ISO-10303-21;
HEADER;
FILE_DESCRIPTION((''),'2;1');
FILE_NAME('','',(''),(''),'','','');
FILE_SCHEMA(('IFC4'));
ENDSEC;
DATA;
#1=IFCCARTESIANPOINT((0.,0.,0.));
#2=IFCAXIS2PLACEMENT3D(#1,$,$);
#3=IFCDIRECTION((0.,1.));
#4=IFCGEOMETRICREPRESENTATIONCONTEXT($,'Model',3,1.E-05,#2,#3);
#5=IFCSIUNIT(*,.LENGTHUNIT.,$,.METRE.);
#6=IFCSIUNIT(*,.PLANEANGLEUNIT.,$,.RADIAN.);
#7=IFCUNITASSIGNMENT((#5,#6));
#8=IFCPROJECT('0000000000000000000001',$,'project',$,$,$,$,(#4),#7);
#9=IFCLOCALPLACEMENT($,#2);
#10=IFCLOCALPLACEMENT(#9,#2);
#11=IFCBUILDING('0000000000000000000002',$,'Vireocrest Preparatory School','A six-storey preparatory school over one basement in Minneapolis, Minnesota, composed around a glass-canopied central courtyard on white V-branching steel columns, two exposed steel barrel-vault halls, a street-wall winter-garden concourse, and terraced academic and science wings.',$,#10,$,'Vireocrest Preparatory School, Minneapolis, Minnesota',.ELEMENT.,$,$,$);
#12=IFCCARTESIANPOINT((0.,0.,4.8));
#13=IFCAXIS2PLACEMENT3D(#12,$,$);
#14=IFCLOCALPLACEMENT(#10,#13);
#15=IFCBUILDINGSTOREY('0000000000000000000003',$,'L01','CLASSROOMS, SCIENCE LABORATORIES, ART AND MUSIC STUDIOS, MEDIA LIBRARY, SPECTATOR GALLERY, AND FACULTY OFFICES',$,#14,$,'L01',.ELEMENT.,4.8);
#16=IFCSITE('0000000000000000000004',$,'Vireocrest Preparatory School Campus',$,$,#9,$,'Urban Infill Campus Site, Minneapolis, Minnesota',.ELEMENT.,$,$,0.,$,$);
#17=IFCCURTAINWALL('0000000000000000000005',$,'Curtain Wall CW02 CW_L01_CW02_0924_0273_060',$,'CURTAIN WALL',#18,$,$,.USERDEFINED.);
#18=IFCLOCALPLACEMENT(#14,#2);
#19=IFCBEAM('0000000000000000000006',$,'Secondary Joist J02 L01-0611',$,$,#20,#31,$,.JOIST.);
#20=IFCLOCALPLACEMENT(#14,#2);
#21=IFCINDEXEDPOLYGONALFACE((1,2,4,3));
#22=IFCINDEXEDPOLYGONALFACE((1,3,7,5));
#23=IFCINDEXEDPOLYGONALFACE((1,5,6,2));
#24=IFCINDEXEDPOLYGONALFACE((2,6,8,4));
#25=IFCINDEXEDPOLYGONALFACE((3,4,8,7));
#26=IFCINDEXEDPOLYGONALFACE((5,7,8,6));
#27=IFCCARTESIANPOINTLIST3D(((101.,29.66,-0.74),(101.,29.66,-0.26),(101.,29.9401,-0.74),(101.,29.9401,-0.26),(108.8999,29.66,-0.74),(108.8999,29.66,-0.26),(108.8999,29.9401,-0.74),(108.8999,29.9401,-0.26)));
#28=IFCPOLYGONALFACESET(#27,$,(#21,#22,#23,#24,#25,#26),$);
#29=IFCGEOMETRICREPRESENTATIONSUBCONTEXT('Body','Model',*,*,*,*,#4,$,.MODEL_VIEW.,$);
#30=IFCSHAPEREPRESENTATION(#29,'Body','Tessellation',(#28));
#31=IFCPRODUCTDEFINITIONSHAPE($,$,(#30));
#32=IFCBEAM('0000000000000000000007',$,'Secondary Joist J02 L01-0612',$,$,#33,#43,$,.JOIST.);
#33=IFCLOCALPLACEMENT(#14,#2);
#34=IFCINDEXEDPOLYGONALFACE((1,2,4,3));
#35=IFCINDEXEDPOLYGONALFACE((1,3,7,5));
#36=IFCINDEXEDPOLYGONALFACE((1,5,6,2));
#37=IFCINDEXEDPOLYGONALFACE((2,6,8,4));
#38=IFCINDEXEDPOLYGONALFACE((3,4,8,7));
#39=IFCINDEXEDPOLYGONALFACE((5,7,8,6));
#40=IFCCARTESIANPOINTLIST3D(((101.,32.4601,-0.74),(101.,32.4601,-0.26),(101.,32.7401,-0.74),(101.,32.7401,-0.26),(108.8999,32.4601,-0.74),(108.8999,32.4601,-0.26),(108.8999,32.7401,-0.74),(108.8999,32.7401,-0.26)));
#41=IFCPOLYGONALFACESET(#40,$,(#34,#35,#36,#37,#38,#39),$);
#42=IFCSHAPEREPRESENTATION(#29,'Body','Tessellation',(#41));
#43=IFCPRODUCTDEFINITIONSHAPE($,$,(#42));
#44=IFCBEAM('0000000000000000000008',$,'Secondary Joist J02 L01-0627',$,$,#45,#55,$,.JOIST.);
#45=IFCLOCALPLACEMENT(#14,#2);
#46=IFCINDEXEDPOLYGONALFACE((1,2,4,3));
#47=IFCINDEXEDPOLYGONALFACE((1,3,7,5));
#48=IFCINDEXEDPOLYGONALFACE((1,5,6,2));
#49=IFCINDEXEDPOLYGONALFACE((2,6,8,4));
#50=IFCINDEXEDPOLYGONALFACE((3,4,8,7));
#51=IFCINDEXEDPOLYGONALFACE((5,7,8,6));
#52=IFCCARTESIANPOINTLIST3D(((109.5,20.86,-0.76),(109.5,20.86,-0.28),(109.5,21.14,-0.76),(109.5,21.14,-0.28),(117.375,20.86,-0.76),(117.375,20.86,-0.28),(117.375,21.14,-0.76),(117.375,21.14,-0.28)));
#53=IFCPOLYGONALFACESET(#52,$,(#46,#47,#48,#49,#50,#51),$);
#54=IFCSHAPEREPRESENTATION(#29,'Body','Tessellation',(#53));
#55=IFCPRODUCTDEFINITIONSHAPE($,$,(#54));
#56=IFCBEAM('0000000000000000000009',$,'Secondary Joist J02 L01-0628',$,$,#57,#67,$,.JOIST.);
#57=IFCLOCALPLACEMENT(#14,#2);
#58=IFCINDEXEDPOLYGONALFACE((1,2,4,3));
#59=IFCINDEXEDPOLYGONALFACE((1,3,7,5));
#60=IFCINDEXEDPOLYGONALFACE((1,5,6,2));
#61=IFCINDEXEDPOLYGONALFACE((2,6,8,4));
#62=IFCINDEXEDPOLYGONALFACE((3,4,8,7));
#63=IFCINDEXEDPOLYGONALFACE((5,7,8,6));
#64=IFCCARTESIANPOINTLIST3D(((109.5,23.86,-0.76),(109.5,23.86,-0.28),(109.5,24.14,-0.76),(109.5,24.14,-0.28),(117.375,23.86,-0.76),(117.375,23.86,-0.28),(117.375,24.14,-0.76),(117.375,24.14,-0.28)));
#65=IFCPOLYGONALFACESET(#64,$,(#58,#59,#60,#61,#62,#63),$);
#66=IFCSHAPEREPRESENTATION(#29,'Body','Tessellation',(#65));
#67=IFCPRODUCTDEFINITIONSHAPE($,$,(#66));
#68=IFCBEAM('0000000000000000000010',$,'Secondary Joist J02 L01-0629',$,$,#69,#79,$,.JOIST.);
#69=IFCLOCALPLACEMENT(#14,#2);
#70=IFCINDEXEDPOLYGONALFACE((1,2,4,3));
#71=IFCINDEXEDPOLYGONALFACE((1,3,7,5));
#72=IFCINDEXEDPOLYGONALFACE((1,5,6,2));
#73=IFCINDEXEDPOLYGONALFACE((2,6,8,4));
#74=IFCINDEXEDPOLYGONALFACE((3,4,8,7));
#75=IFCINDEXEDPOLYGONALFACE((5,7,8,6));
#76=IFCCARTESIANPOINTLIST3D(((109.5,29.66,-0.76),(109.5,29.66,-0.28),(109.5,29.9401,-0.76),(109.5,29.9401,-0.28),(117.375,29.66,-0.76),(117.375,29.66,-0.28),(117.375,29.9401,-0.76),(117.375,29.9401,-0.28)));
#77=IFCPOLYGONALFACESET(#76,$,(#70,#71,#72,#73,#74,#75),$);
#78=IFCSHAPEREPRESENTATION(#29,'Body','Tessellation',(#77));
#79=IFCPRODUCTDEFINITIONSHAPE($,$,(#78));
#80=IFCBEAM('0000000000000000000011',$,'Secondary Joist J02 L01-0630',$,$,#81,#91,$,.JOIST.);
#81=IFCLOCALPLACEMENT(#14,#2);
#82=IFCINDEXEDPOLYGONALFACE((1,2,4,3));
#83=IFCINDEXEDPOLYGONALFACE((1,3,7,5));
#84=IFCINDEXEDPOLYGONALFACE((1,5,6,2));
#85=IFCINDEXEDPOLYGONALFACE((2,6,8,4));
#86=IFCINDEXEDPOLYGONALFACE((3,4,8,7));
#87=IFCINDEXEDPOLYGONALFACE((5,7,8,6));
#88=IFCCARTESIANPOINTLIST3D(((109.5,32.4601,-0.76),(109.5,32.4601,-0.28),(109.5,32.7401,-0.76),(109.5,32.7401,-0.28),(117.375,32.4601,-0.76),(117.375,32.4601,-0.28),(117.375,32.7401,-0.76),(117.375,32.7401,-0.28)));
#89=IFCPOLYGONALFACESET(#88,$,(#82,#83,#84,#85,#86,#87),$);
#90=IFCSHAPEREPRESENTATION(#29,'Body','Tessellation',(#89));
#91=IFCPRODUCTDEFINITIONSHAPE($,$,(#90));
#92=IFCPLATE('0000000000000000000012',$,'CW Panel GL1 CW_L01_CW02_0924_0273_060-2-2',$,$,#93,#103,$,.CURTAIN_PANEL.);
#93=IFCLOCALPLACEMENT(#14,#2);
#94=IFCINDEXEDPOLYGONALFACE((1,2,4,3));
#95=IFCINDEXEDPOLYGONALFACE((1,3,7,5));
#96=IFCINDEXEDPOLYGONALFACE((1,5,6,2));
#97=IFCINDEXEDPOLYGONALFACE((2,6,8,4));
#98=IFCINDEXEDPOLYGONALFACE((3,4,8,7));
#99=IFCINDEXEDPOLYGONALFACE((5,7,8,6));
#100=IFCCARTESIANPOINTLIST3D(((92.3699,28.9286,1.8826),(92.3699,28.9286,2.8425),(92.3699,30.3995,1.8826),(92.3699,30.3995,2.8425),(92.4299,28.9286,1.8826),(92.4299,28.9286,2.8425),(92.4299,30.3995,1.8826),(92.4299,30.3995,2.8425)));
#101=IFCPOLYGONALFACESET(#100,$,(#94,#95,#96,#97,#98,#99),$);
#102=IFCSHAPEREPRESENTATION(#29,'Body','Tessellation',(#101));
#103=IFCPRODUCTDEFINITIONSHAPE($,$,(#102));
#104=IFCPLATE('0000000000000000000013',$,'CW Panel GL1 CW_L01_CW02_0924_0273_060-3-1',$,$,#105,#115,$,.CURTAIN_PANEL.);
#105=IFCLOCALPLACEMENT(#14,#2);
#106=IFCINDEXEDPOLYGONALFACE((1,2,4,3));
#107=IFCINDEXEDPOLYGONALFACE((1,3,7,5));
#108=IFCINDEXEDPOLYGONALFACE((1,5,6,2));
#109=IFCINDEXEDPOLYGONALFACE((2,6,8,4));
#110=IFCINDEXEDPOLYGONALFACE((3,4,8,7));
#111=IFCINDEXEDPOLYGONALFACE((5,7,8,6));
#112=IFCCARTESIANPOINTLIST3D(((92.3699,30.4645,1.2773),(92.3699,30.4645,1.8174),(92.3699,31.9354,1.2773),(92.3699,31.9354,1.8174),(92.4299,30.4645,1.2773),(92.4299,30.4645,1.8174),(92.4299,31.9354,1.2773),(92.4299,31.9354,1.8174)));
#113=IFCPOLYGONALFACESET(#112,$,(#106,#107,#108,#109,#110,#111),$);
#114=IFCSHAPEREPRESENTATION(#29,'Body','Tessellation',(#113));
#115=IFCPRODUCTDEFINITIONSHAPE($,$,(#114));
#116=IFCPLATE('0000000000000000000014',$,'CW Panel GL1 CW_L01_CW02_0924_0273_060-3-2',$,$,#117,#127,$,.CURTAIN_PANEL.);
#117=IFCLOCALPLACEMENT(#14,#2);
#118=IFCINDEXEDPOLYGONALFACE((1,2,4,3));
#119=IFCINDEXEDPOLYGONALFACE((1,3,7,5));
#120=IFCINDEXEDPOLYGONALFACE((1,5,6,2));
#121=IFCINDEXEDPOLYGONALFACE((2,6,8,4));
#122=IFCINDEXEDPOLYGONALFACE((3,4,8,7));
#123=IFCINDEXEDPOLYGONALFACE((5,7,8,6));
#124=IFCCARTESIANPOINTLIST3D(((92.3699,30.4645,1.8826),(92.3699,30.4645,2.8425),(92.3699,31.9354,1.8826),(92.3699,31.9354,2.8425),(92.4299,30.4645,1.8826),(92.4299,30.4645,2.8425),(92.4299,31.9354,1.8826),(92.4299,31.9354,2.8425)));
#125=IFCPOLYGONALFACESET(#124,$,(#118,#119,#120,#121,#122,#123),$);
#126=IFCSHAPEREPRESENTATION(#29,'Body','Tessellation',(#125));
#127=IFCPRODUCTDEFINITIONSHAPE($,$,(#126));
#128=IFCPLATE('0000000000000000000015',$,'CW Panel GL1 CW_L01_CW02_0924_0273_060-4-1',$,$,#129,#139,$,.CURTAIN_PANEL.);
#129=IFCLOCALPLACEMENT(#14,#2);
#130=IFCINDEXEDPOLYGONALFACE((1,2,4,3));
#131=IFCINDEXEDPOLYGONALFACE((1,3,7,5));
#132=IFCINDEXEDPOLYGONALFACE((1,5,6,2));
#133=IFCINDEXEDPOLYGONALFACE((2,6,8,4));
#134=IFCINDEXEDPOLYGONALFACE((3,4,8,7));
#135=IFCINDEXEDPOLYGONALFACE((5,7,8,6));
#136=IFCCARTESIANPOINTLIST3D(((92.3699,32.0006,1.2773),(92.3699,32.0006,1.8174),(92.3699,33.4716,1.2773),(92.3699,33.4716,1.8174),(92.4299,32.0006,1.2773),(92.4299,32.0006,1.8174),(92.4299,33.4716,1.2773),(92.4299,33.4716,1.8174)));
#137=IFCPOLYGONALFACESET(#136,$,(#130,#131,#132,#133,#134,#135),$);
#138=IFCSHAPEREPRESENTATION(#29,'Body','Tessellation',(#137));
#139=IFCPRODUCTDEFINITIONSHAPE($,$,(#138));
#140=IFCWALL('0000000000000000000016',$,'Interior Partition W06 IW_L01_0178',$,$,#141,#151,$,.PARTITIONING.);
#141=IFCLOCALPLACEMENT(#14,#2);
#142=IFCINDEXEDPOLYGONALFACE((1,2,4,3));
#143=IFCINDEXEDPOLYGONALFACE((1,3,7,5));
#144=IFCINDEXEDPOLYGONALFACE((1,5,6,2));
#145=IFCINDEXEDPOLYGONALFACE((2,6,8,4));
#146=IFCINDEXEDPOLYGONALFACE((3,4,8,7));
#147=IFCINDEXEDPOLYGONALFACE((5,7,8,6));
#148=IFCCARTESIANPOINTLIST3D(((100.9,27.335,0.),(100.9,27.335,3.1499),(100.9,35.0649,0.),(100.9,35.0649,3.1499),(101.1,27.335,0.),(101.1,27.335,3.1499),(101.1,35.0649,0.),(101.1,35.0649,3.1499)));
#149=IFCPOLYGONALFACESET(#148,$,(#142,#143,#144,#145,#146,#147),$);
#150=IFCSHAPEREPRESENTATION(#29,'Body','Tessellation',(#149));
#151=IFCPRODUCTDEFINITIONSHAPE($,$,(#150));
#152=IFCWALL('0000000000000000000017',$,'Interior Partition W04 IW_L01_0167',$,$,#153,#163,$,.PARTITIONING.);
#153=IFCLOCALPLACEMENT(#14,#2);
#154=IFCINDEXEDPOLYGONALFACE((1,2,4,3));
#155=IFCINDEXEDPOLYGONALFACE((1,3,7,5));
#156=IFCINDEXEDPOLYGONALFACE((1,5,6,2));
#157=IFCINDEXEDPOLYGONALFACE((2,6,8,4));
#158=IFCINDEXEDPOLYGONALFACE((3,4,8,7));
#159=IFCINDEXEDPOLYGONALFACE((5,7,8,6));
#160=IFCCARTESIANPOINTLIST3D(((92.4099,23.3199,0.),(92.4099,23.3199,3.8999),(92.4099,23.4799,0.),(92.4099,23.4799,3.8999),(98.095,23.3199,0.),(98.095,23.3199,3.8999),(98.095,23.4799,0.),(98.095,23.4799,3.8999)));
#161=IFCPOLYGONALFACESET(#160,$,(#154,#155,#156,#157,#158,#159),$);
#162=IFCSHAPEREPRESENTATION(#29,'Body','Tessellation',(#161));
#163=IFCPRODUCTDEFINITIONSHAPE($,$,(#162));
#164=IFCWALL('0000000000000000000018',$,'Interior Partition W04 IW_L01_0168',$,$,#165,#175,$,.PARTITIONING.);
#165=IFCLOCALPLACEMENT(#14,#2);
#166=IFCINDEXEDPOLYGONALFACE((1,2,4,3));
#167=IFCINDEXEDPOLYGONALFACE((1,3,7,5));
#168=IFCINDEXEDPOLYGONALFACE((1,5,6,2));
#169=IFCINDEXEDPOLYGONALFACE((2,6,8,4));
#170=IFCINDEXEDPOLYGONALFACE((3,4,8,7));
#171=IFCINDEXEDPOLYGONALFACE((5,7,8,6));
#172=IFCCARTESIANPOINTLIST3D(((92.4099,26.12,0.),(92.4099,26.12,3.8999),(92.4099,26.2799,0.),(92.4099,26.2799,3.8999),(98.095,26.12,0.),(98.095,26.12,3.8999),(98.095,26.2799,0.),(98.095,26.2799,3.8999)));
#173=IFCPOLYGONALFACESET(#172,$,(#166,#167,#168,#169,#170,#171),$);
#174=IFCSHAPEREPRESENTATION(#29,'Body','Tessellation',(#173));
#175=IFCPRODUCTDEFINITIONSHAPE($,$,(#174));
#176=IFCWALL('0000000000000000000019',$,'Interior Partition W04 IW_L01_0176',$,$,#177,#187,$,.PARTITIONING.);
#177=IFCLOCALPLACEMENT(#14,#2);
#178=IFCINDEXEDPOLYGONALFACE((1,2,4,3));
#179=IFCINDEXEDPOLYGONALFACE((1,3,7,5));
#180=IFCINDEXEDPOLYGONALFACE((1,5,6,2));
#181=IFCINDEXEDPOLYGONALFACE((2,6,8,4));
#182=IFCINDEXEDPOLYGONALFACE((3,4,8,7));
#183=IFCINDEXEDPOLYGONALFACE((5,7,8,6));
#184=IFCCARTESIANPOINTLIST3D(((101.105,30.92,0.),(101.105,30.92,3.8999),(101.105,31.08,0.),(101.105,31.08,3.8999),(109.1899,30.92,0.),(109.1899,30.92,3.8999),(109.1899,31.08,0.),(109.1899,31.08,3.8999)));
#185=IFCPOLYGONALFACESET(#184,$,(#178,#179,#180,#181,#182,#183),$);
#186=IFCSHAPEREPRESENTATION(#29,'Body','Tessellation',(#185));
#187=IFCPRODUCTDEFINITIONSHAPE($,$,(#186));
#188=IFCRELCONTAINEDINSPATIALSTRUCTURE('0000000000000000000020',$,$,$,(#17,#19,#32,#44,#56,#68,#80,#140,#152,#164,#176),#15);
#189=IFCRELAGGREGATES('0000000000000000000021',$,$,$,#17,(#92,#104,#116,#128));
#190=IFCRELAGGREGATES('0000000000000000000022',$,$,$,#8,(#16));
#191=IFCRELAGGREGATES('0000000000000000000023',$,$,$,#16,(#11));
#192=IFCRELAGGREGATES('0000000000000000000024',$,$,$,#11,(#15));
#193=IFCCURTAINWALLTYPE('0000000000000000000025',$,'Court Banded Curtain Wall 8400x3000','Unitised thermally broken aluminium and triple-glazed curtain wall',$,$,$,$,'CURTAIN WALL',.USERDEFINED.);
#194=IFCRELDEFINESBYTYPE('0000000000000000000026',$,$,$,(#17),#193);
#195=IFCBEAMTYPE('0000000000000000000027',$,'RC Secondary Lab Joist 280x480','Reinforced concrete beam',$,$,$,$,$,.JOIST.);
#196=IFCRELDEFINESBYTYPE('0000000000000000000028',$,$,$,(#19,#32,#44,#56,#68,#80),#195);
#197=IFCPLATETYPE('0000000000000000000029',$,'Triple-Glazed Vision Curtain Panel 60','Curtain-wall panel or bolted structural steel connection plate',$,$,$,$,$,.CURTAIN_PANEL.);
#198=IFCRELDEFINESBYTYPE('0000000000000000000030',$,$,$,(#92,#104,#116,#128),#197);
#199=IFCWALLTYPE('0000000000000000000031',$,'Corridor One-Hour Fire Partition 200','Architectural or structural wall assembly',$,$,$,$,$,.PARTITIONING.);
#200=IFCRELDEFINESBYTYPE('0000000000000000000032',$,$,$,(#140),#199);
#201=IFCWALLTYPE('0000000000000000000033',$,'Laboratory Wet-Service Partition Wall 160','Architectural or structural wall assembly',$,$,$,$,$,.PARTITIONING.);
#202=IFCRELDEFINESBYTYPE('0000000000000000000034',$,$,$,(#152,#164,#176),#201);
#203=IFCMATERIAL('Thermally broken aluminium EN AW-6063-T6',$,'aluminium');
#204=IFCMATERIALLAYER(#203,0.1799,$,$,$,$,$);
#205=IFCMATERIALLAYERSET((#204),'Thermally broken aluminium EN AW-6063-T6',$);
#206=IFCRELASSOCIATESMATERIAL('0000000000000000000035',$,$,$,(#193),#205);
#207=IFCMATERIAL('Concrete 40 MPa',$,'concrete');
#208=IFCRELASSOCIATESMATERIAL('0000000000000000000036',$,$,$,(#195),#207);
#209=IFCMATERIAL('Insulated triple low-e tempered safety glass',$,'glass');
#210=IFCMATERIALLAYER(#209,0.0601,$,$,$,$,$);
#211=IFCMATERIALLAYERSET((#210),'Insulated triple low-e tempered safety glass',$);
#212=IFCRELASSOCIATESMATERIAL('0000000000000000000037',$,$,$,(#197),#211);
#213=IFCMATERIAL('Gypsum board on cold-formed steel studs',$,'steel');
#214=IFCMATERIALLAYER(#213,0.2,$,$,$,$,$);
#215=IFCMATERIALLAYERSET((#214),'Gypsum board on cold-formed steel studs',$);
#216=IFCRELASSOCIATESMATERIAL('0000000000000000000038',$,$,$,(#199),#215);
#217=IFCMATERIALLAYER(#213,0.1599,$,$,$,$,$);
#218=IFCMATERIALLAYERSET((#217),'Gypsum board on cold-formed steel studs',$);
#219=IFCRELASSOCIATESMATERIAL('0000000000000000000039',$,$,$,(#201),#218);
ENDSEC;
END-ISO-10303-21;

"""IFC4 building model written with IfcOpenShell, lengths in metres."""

from ifc_helpers import new_model, si_unit, direction, frame, frame_2d, origin, origin_2d, place, context, subcontext, project, spatial, rectangle, extrude, material, layer, layer_set, material_profile, profile_set, type_object, element, aggregate, save


model = new_model("IFC4")

# Units and contexts
model_context = context("Model", 3, precision=1e-05, world=origin(), true_north=direction((0.0, 1.0)))
body_context = subcontext(model_context, "Body", "Model", "MODEL_VIEW")
ifc_project = project(units=[si_unit("LENGTHUNIT", "METRE"), si_unit("PLANEANGLEUNIT", "RADIAN")], contexts=[model_context])

# Site, building, storey
site_placement = place(None, origin())
site = spatial("IfcSite", under=ifc_project, at=site_placement, Name="Vireocrest Preparatory School Campus", LongName="Urban Infill Campus Site, Minneapolis, Minnesota", CompositionType="ELEMENT", RefElevation=0.0)
building_placement = place(site_placement, origin())
building = spatial("IfcBuilding", under=site, at=building_placement, Name="Vireocrest Preparatory School", Description="A six-storey preparatory school over one basement in Minneapolis, Minnesota, composed around a glass-canopied central courtyard on white V-branching steel columns, two exposed steel barrel-vault halls, a street-wall winter-garden concourse, and terraced academic and science wings.", LongName="Vireocrest Preparatory School, Minneapolis, Minnesota", CompositionType="ELEMENT")
storey_placement = place(building_placement, frame((0.0, 0.0, 4.8)))
storey = spatial("IfcBuildingStorey", under=building, at=storey_placement, Name="L01", Description="CLASSROOMS, SCIENCE LABORATORIES, ART AND MUSIC STUDIOS, MEDIA LIBRARY, SPECTATOR GALLERY, AND FACULTY OFFICES", LongName="L01", CompositionType="ELEMENT", Elevation=4.8)

# Curtain wall
ifc_material_1 = material(Name="Thermally broken aluminium EN AW-6063-T6", Category="aluminium")
ifc_layer_1 = layer(ifc_material_1, 0.1799)
ifc_layer_set_1 = layer_set([ifc_layer_1], Name="Thermally broken aluminium EN AW-6063-T6")
curtain_wall_type = type_object("IfcCurtainWallType", Name="Court Banded Curtain Wall 8400x3000", Description="Unitised thermally broken aluminium and triple-glazed curtain wall", ElementType="CURTAIN WALL", PredefinedType="USERDEFINED", material=ifc_layer_set_1)
curtain_wall_placement = place(storey_placement, origin())
curtain_wall = element("IfcCurtainWall", 1, at=curtain_wall_placement, inside=storey, type_object=curtain_wall_type, Name="Curtain Wall CW02 CW_L01_CW02_0924_0273_060", ObjectType="CURTAIN WALL", PredefinedType="USERDEFINED")

# Beams
ifc_material_2 = material(Name="Concrete 40 MPa", Category="concrete")
ifc_material_profile_1 = material_profile(ifc_material_2, rectangle(XDim=0.28, YDim=0.48, at=origin_2d()), Name="RC 280x480")
ifc_profile_set_1 = profile_set([ifc_material_profile_1], Name="Concrete 40 MPa")
beam_type_1 = type_object("IfcBeamType", Name="RC Secondary Lab Joist 280x480", Description="Reinforced concrete beam", PredefinedType="JOIST", material=ifc_profile_set_1)
for number, where, z_axis, x_axis, name in (
    (2, (101.0, 29.8, -0.5), (1.0, 0.0, 0.0), (0.0, 1.0, 0.0), "Secondary Joist J02 L01-0611"),
    (3, (101.0, 32.6001, -0.5), (1.0, 0.0, 0.0), (0.0, 1.0, 0.0), "Secondary Joist J02 L01-0612"),
):
    element("IfcBeam", number, at=place(storey_placement, frame(where, z_axis=z_axis, x_axis=x_axis)), inside=storey, type_object=beam_type_1, Name=name, PredefinedType="JOIST", context=body_context, shape_type="SweptSolid", body=[
        extrude(rectangle(XDim=0.28, YDim=0.48, at=origin_2d()), origin(), (0.0, 0.0, 1.0), 7.8999),
    ])
for number, where, z_axis, x_axis, name in (
    (4, (109.5, 21.0, -0.52), (1.0, 0.0, 0.0), (0.0, 1.0, 0.0), "Secondary Joist J02 L01-0627"),
    (5, (109.5, 24.0, -0.52), (1.0, 0.0, 0.0), (0.0, 1.0, 0.0), "Secondary Joist J02 L01-0628"),
    (6, (109.5, 29.8, -0.52), (1.0, 0.0, 0.0), (0.0, 1.0, 0.0), "Secondary Joist J02 L01-0629"),
    (7, (109.5, 32.6001, -0.52), (1.0, 0.0, 0.0), (0.0, 1.0, 0.0), "Secondary Joist J02 L01-0630"),
):
    element("IfcBeam", number, at=place(storey_placement, frame(where, z_axis=z_axis, x_axis=x_axis)), inside=storey, type_object=beam_type_1, Name=name, PredefinedType="JOIST", context=body_context, shape_type="SweptSolid", body=[
        extrude(rectangle(XDim=0.28, YDim=0.48, at=origin_2d()), origin(), (0.0, 0.0, 1.0), 7.875),
    ])

# Plates
ifc_material_3 = material(Name="Insulated triple low-e tempered safety glass", Category="glass")
ifc_layer_2 = layer(ifc_material_3, 0.0601)
ifc_layer_set_2 = layer_set([ifc_layer_2], Name="Insulated triple low-e tempered safety glass")
plate_type = type_object("IfcPlateType", Name="Triple-Glazed Vision Curtain Panel 60", Description="Curtain-wall panel or bolted structural steel connection plate", PredefinedType="CURTAIN_PANEL", material=ifc_layer_set_2)
plate_1_placement = place(storey_placement, frame((92.3999, 29.6641, 1.8826), z_axis=(0.0, 0.0, 1.0), x_axis=(0.0, 1.0, 0.0)))
plate_1 = element("IfcPlate", 8, at=plate_1_placement, type_object=plate_type, Name="CW Panel GL1 CW_L01_CW02_0924_0273_060-2-2", PredefinedType="CURTAIN_PANEL", context=body_context, shape_type="SweptSolid", body=[
    extrude(rectangle(XDim=1.4709, YDim=0.0601, at=origin_2d()), origin(), (0.0, 0.0, 1.0), 0.96),
])
plate_2_placement = place(storey_placement, frame((92.3999, 31.2, 1.2773), z_axis=(0.0, 0.0, 1.0), x_axis=(0.0, 1.0, 0.0)))
plate_2 = element("IfcPlate", 9, at=plate_2_placement, type_object=plate_type, Name="CW Panel GL1 CW_L01_CW02_0924_0273_060-3-1", PredefinedType="CURTAIN_PANEL", context=body_context, shape_type="SweptSolid", body=[
    extrude(rectangle(XDim=1.4709, YDim=0.0601, at=origin_2d()), origin(), (0.0, 0.0, 1.0), 0.54),
])
plate_3_placement = place(storey_placement, frame((92.3999, 31.2, 1.8826), z_axis=(0.0, 0.0, 1.0), x_axis=(0.0, 1.0, 0.0)))
plate_3 = element("IfcPlate", 10, at=plate_3_placement, type_object=plate_type, Name="CW Panel GL1 CW_L01_CW02_0924_0273_060-3-2", PredefinedType="CURTAIN_PANEL", context=body_context, shape_type="SweptSolid", body=[
    extrude(rectangle(XDim=1.4709, YDim=0.0601, at=origin_2d()), origin(), (0.0, 0.0, 1.0), 0.96),
])
plate_4_placement = place(storey_placement, frame((92.3999, 32.7361, 1.2773), z_axis=(0.0, 0.0, 1.0), x_axis=(0.0, 1.0, 0.0)))
plate_4 = element("IfcPlate", 11, at=plate_4_placement, type_object=plate_type, Name="CW Panel GL1 CW_L01_CW02_0924_0273_060-4-1", PredefinedType="CURTAIN_PANEL", context=body_context, shape_type="SweptSolid", body=[
    extrude(rectangle(XDim=1.4709, YDim=0.0601, at=origin_2d()), origin(), (0.0, 0.0, 1.0), 0.54),
])
aggregate(curtain_wall, [plate_1, plate_2, plate_3, plate_4])

# Walls
ifc_material_4 = material(Name="Gypsum board on cold-formed steel studs", Category="steel")
ifc_layer_3 = layer(ifc_material_4, 0.2)
ifc_layer_set_3 = layer_set([ifc_layer_3], Name="Gypsum board on cold-formed steel studs")
wall_type_1 = type_object("IfcWallType", Name="Corridor One-Hour Fire Partition 200", Description="Architectural or structural wall assembly", PredefinedType="PARTITIONING", material=ifc_layer_set_3)
wall_1_placement = place(storey_placement, frame((101.0, 27.335, 0.0), z_axis=(0.0, 0.0, 1.0), x_axis=(0.0, 1.0, 0.0)))
element("IfcWall", 12, at=wall_1_placement, inside=storey, type_object=wall_type_1, Name="Interior Partition W06 IW_L01_0178", PredefinedType="PARTITIONING", context=body_context, shape_type="SweptSolid", body=[
    extrude(rectangle(XDim=7.73, YDim=0.2, at=frame_2d((3.865, 0.0))), origin(), (0.0, 0.0, 1.0), 3.1499),
])
ifc_layer_4 = layer(ifc_material_4, 0.1599)
ifc_layer_set_4 = layer_set([ifc_layer_4], Name="Gypsum board on cold-formed steel studs")
wall_type_2 = type_object("IfcWallType", Name="Laboratory Wet-Service Partition Wall 160", Description="Architectural or structural wall assembly", PredefinedType="PARTITIONING", material=ifc_layer_set_4)
for number, where, z_axis, x_axis, name in (
    (13, (92.4099, 23.3999, 0.0), (0.0, 0.0, 1.0), (1.0, 0.0, 0.0), "Interior Partition W04 IW_L01_0167"),
    (14, (92.4099, 26.2, 0.0), (0.0, 0.0, 1.0), (1.0, 0.0, 0.0), "Interior Partition W04 IW_L01_0168"),
):
    element("IfcWall", number, at=place(storey_placement, frame(where, z_axis=z_axis, x_axis=x_axis)), inside=storey, type_object=wall_type_2, Name=name, PredefinedType="PARTITIONING", context=body_context, shape_type="SweptSolid", body=[
        extrude(rectangle(XDim=5.6851, YDim=0.1599, at=frame_2d((2.8425, 0.0))), origin(), (0.0, 0.0, 1.0), 3.8999),
    ])
wall_2_placement = place(storey_placement, frame((101.105, 31.0, 0.0), z_axis=(0.0, 0.0, 1.0), x_axis=(1.0, 0.0, 0.0)))
element("IfcWall", 15, at=wall_2_placement, inside=storey, type_object=wall_type_2, Name="Interior Partition W04 IW_L01_0176", PredefinedType="PARTITIONING", context=body_context, shape_type="SweptSolid", body=[
    extrude(rectangle(XDim=8.085, YDim=0.1599, at=frame_2d((4.0425, 0.0))), origin(), (0.0, 0.0, 1.0), 3.8999),
])

save(model, "model.ifc")
